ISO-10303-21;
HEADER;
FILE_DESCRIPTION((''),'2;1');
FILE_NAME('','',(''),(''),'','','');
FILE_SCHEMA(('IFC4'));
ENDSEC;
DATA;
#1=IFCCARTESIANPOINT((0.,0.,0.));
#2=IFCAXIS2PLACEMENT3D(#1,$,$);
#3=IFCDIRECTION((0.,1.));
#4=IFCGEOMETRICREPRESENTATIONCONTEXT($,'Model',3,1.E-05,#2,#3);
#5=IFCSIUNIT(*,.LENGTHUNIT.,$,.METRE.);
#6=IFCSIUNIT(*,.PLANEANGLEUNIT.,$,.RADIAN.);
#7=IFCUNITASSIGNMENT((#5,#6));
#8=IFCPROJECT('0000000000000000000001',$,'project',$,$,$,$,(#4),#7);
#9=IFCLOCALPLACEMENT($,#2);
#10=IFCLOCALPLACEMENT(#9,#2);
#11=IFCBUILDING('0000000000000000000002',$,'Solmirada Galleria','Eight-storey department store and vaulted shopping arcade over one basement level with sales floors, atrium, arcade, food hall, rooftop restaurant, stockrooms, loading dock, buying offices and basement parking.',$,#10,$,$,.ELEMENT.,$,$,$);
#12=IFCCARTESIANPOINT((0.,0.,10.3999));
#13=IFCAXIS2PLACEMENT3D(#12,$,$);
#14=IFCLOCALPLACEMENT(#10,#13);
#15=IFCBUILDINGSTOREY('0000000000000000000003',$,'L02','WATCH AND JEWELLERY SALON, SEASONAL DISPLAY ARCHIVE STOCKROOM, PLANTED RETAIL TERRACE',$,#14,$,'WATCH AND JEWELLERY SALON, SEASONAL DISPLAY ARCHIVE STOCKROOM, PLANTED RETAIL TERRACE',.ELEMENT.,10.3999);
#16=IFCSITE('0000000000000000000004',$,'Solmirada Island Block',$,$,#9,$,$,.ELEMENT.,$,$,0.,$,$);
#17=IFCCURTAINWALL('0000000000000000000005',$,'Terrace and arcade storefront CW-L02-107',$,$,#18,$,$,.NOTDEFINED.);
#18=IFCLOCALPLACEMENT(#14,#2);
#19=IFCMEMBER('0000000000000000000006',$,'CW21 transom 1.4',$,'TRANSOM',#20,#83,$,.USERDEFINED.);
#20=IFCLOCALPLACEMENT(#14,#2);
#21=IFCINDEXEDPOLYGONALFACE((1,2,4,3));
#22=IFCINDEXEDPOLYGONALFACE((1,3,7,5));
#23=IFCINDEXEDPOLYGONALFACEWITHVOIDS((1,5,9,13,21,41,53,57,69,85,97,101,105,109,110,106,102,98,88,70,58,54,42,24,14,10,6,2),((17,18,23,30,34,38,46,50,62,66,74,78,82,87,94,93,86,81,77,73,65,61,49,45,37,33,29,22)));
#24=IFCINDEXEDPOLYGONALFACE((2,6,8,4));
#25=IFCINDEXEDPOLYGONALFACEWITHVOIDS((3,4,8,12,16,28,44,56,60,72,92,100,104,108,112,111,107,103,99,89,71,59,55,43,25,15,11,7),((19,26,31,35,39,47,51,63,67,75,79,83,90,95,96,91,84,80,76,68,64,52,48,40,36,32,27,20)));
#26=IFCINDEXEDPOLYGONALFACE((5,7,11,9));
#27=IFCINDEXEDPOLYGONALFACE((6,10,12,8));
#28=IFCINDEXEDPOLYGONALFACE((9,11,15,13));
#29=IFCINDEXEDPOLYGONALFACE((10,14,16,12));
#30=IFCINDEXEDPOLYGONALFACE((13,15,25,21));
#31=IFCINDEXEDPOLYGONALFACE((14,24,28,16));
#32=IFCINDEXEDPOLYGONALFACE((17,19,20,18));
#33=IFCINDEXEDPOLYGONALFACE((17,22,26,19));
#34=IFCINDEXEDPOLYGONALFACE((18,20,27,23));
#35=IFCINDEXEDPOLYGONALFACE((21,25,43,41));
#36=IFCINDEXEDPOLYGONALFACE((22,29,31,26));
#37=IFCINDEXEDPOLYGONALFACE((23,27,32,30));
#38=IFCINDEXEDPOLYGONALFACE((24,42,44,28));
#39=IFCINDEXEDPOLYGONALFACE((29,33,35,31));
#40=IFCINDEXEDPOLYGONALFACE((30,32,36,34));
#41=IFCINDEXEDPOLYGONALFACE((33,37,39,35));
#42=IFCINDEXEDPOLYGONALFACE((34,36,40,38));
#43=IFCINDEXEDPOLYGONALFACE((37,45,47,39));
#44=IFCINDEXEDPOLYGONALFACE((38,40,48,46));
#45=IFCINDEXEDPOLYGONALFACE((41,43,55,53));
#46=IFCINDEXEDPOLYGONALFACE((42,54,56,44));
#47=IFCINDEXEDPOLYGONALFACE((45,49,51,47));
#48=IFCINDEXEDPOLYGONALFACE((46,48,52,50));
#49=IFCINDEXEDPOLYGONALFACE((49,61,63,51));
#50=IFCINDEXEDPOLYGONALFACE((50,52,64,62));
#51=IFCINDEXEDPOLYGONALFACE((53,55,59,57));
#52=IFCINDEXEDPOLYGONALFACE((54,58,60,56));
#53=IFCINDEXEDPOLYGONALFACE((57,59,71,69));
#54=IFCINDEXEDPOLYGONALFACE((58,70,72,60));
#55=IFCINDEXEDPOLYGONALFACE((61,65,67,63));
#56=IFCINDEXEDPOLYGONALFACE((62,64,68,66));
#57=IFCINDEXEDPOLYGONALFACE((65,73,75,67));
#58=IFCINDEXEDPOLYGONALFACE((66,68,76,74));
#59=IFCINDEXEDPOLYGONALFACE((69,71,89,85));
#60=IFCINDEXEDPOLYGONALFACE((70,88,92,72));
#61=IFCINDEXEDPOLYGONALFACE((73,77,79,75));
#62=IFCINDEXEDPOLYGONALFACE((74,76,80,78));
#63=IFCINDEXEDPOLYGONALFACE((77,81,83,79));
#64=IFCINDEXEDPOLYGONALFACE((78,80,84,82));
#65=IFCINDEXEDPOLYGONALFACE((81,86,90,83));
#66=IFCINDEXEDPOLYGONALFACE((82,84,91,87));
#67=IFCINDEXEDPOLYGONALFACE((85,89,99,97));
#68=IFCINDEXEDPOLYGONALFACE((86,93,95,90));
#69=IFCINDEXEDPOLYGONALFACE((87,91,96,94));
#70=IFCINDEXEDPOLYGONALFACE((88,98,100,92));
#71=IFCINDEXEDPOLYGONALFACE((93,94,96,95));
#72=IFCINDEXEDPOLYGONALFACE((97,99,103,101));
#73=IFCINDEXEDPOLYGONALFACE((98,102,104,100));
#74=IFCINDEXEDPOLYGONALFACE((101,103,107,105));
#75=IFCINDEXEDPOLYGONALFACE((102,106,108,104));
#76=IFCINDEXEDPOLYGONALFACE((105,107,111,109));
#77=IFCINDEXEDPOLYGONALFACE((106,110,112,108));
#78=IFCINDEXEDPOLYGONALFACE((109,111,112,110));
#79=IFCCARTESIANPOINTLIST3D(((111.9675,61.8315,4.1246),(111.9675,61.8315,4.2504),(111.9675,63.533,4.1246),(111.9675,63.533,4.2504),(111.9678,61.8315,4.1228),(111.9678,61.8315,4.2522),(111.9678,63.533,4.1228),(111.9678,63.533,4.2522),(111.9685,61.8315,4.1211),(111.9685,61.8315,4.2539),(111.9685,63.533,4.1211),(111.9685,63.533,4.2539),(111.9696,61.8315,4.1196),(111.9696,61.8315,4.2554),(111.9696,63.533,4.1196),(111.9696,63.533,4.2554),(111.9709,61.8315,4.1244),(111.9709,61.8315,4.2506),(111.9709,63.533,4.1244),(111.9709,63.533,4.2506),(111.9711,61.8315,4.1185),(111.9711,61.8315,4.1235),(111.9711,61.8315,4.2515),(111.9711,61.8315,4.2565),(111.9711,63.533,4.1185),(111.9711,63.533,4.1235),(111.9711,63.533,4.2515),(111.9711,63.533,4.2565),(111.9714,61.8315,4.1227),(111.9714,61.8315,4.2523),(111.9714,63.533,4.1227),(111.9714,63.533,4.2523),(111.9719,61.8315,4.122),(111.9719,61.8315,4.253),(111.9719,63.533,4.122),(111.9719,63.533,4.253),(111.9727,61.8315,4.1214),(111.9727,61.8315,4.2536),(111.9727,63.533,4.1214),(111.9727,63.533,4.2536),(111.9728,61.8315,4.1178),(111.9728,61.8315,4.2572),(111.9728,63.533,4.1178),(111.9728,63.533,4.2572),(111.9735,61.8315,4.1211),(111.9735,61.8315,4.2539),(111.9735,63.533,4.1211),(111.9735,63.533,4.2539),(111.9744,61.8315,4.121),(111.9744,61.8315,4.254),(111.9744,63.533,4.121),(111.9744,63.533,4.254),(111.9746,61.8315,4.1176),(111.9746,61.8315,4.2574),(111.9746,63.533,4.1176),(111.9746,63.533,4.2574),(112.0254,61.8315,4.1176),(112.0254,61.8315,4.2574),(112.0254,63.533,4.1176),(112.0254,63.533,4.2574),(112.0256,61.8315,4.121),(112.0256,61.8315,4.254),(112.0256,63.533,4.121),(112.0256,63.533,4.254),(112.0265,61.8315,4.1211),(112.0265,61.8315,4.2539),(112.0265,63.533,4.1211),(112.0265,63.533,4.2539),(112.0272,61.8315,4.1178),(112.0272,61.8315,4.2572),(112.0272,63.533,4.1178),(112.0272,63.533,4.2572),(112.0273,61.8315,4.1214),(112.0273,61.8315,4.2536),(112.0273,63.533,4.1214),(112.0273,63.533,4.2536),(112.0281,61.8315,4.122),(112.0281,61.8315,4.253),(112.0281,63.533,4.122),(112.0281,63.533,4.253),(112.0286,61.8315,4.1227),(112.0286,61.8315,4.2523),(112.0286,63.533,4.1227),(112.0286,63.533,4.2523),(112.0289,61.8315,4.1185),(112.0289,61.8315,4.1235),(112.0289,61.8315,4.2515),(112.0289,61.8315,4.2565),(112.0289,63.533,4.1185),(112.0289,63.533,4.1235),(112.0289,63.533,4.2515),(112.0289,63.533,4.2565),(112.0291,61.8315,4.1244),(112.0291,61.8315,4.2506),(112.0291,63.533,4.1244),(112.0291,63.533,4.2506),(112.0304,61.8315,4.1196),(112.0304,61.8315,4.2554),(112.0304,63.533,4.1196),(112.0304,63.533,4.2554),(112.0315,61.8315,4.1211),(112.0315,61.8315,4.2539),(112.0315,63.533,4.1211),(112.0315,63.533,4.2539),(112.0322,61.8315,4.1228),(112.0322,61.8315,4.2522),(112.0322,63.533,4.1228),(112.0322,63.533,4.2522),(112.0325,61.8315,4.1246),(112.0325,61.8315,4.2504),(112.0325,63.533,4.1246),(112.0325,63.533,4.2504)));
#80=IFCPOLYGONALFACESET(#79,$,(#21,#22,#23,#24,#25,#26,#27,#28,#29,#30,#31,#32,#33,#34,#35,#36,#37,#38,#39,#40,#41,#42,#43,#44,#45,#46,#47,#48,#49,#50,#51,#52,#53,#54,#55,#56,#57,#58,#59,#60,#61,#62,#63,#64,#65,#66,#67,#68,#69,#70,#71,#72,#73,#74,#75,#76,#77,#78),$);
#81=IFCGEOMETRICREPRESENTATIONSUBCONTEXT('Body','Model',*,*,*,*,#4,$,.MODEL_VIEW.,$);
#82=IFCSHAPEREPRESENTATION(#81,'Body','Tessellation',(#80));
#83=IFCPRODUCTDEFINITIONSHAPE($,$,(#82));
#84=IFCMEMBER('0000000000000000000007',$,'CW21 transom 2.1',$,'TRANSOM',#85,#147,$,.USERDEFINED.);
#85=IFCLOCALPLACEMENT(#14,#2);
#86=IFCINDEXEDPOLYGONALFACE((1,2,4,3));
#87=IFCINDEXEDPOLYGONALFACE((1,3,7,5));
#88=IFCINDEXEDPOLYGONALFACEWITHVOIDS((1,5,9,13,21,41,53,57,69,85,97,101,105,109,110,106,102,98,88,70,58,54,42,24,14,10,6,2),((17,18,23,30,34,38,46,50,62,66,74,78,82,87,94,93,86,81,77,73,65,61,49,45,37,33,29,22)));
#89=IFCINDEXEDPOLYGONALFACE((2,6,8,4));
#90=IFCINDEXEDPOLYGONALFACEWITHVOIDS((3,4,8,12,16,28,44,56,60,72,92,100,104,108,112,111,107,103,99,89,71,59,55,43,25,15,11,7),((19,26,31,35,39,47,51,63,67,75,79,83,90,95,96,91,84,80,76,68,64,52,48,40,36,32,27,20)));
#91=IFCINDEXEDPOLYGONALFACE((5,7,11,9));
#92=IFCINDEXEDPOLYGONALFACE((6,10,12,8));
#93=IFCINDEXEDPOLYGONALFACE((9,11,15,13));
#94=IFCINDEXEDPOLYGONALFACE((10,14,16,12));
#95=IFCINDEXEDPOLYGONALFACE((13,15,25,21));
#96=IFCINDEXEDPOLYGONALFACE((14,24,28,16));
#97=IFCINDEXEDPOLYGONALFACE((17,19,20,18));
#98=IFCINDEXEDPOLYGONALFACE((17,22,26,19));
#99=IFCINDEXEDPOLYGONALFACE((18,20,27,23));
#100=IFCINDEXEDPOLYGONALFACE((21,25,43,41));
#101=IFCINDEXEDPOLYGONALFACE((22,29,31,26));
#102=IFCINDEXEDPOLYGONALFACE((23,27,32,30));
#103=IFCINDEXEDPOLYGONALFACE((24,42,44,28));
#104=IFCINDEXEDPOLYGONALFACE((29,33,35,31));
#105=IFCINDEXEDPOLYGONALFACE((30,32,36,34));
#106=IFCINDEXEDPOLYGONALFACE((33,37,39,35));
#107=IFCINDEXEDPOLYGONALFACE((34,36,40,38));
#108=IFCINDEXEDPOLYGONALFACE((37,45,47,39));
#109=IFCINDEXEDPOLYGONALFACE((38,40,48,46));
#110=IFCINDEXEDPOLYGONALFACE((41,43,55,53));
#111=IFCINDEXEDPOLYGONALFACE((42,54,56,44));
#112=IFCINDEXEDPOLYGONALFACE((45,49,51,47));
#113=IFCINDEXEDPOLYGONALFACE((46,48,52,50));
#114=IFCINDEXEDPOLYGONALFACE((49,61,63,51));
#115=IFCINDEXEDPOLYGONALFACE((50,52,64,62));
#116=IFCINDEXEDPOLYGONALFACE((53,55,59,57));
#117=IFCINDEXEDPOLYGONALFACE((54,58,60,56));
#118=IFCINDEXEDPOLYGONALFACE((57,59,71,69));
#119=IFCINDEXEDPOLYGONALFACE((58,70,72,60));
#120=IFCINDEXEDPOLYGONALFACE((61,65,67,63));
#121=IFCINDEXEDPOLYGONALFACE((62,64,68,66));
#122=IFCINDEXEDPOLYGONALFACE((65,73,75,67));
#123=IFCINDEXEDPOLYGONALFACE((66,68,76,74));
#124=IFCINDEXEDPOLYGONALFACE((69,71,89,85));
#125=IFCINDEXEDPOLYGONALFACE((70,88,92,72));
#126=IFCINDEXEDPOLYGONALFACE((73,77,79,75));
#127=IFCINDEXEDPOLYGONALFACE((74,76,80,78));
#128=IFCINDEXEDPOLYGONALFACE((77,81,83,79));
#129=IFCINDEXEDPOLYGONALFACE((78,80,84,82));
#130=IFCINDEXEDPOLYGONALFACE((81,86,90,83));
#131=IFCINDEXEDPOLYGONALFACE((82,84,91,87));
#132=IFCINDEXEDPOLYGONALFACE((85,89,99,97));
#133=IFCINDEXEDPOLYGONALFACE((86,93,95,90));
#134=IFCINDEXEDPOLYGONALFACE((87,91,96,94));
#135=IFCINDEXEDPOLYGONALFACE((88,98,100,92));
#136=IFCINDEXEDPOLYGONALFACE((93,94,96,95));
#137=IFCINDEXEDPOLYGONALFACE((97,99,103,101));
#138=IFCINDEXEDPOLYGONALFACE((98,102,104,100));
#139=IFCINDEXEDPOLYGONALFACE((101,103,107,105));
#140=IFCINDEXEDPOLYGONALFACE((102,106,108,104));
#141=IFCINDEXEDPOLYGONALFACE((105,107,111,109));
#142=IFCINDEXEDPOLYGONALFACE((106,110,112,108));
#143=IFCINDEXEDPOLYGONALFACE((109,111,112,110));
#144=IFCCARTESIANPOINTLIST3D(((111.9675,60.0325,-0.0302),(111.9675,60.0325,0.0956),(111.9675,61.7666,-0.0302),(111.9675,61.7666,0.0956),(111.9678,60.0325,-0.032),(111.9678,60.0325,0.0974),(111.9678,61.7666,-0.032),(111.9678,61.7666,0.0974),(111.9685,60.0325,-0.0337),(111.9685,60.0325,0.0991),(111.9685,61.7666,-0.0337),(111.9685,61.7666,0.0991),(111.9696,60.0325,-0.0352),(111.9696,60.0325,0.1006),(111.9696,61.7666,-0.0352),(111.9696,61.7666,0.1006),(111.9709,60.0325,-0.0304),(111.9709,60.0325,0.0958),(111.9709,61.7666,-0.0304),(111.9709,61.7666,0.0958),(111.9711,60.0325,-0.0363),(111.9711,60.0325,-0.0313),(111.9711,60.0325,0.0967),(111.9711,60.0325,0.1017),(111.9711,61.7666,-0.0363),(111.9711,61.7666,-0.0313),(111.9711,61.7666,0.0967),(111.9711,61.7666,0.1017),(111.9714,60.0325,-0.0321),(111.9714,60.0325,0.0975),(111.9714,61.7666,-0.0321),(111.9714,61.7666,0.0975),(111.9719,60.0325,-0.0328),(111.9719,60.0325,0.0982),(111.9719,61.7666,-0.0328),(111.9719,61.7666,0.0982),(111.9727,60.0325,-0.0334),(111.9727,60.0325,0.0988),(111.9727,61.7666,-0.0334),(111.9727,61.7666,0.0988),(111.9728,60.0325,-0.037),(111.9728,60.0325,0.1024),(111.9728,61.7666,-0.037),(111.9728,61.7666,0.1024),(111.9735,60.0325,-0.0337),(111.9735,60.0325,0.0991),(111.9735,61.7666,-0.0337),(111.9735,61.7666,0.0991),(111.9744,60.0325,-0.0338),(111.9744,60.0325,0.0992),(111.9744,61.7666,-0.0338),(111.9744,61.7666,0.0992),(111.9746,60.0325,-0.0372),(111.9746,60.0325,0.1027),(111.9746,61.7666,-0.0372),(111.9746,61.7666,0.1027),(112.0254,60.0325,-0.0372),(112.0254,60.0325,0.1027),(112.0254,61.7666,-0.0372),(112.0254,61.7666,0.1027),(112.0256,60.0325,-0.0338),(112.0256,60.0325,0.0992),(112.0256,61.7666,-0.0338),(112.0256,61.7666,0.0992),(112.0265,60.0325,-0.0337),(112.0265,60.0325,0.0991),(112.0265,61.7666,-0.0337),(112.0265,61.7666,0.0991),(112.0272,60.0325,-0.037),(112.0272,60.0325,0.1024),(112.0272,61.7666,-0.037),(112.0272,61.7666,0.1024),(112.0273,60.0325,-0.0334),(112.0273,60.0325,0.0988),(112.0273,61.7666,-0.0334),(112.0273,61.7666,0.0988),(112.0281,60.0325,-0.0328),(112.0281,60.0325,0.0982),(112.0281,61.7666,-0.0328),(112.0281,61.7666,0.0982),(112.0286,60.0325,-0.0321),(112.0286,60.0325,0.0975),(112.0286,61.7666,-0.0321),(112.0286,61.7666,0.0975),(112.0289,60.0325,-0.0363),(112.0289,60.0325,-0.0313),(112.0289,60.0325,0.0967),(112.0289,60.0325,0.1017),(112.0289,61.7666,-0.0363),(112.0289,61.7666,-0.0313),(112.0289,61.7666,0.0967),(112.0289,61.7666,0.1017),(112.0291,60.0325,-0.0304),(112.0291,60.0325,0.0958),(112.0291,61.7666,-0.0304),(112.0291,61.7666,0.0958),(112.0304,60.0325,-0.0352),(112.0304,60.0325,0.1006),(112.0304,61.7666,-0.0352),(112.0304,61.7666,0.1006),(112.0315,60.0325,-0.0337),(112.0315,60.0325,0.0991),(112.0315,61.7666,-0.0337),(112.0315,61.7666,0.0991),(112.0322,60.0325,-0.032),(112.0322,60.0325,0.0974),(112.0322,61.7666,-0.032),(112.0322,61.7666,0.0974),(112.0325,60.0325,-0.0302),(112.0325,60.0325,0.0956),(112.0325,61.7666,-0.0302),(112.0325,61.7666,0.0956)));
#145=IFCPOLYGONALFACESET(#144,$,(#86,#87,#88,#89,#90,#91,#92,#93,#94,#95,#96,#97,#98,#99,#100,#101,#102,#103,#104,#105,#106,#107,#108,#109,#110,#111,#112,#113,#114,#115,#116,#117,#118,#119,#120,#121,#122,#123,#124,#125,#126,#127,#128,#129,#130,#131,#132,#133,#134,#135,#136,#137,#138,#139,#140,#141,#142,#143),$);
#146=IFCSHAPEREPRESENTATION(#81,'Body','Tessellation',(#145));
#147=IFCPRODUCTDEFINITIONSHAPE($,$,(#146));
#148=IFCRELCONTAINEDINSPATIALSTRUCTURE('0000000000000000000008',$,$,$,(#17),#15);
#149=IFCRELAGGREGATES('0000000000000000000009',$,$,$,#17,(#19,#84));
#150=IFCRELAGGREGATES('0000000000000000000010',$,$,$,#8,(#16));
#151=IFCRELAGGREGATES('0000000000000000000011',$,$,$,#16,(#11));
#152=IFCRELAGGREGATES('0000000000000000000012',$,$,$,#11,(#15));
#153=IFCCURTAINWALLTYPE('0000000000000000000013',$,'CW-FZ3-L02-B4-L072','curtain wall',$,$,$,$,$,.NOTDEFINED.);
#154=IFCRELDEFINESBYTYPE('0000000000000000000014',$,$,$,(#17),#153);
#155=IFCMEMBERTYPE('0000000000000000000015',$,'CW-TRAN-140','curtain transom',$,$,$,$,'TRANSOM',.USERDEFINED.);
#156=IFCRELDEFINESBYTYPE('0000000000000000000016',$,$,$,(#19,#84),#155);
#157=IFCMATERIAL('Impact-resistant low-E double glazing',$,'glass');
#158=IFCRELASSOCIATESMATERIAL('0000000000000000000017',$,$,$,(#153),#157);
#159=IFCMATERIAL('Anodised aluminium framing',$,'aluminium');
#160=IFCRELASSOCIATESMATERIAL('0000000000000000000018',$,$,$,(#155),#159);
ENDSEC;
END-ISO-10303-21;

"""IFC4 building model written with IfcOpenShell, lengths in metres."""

from ifc_helpers import new_model, si_unit, direction, frame, origin, origin_2d, place, context, subcontext, project, spatial, hollow_rectangle, extrude, material, material_profile, profile_set, type_object, element, aggregate, save


model = new_model("IFC4")

# Units and contexts
model_context = context("Model", 3, precision=1e-05, world=origin(), true_north=direction((0.0, 1.0)))
body_context = subcontext(model_context, "Body", "Model", "MODEL_VIEW")
ifc_project = project(units=[si_unit("LENGTHUNIT", "METRE"), si_unit("PLANEANGLEUNIT", "RADIAN")], contexts=[model_context])

# Site, building, storey
site_placement = place(None, origin())
site = spatial("IfcSite", under=ifc_project, at=site_placement, Name="Solmirada Island Block", CompositionType="ELEMENT", RefElevation=0.0)
building_placement = place(site_placement, origin())
building = spatial("IfcBuilding", under=site, at=building_placement, Name="Solmirada Galleria", Description="Eight-storey department store and vaulted shopping arcade over one basement level with sales floors, atrium, arcade, food hall, rooftop restaurant, stockrooms, loading dock, buying offices and basement parking.", CompositionType="ELEMENT")
storey_placement = place(building_placement, frame((0.0, 0.0, 10.3999)))
storey = spatial("IfcBuildingStorey", under=building, at=storey_placement, Name="L02", Description="WATCH AND JEWELLERY SALON, SEASONAL DISPLAY ARCHIVE STOCKROOM, PLANTED RETAIL TERRACE", LongName="WATCH AND JEWELLERY SALON, SEASONAL DISPLAY ARCHIVE STOCKROOM, PLANTED RETAIL TERRACE", CompositionType="ELEMENT", Elevation=10.3999)

# Curtain wall
ifc_material_1 = material(Name="Impact-resistant low-E double glazing", Category="glass")
curtain_wall_type_1 = type_object("IfcCurtainWallType", Name="CW-FZ3-L02-B4-L072", Description="curtain wall", PredefinedType="NOTDEFINED", material=ifc_material_1)
curtain_wall_1_placement = place(storey_placement, origin())
curtain_wall_1 = element("IfcCurtainWall", 1, at=curtain_wall_1_placement, inside=storey, type_object=curtain_wall_type_1, Name="Terrace and arcade storefront CW-L02-107", PredefinedType="NOTDEFINED")
ifc_material_2 = material(Name="Anodised aluminium framing", Category="aluminium")

# Members
ifc_material_profile_1 = material_profile(ifc_material_2, hollow_rectangle(XDim=0.0649, YDim=0.1399, WallThickness=0.0034, InnerFilletRadius=0.0034, OuterFilletRadius=0.0071, at=origin_2d()), Name="ALU-TRAN-140X65")
ifc_profile_set_1 = profile_set([ifc_material_profile_1], Name="Anodised aluminium framing")
member_type_1 = type_object("IfcMemberType", Name="CW-TRAN-140", Description="curtain transom", ElementType="TRANSOM", PredefinedType="USERDEFINED", material=ifc_profile_set_1)
member_1_placement = place(storey_placement, frame((112.0, 63.533, 4.1875), z_axis=(0.0, -1.0, 0.0), x_axis=(1.0, 0.0, 0.0)))
member_1 = element("IfcMember", 2, at=member_1_placement, type_object=member_type_1, Name="CW21 transom 1.4", ObjectType="TRANSOM", PredefinedType="USERDEFINED", context=body_context, shape_type="SweptSolid", body=[
    extrude(hollow_rectangle(XDim=0.0649, YDim=0.1399, WallThickness=0.0034, InnerFilletRadius=0.0034, OuterFilletRadius=0.0071, at=origin_2d()), origin(), (0.0, 0.0, 1.0), 1.7014),
])
member_2_placement = place(storey_placement, frame((112.0, 61.7666, 0.0327), z_axis=(0.0, -1.0, 0.0), x_axis=(1.0, 0.0, 0.0)))
member_2 = element("IfcMember", 3, at=member_2_placement, type_object=member_type_1, Name="CW21 transom 2.1", ObjectType="TRANSOM", PredefinedType="USERDEFINED", context=body_context, shape_type="SweptSolid", body=[
    extrude(hollow_rectangle(XDim=0.0649, YDim=0.1399, WallThickness=0.0034, InnerFilletRadius=0.0034, OuterFilletRadius=0.0071, at=origin_2d()), origin(), (0.0, 0.0, 1.0), 1.7341),
])

aggregate(curtain_wall_1, [member_1, member_2])

save(model, "model.ifc")
